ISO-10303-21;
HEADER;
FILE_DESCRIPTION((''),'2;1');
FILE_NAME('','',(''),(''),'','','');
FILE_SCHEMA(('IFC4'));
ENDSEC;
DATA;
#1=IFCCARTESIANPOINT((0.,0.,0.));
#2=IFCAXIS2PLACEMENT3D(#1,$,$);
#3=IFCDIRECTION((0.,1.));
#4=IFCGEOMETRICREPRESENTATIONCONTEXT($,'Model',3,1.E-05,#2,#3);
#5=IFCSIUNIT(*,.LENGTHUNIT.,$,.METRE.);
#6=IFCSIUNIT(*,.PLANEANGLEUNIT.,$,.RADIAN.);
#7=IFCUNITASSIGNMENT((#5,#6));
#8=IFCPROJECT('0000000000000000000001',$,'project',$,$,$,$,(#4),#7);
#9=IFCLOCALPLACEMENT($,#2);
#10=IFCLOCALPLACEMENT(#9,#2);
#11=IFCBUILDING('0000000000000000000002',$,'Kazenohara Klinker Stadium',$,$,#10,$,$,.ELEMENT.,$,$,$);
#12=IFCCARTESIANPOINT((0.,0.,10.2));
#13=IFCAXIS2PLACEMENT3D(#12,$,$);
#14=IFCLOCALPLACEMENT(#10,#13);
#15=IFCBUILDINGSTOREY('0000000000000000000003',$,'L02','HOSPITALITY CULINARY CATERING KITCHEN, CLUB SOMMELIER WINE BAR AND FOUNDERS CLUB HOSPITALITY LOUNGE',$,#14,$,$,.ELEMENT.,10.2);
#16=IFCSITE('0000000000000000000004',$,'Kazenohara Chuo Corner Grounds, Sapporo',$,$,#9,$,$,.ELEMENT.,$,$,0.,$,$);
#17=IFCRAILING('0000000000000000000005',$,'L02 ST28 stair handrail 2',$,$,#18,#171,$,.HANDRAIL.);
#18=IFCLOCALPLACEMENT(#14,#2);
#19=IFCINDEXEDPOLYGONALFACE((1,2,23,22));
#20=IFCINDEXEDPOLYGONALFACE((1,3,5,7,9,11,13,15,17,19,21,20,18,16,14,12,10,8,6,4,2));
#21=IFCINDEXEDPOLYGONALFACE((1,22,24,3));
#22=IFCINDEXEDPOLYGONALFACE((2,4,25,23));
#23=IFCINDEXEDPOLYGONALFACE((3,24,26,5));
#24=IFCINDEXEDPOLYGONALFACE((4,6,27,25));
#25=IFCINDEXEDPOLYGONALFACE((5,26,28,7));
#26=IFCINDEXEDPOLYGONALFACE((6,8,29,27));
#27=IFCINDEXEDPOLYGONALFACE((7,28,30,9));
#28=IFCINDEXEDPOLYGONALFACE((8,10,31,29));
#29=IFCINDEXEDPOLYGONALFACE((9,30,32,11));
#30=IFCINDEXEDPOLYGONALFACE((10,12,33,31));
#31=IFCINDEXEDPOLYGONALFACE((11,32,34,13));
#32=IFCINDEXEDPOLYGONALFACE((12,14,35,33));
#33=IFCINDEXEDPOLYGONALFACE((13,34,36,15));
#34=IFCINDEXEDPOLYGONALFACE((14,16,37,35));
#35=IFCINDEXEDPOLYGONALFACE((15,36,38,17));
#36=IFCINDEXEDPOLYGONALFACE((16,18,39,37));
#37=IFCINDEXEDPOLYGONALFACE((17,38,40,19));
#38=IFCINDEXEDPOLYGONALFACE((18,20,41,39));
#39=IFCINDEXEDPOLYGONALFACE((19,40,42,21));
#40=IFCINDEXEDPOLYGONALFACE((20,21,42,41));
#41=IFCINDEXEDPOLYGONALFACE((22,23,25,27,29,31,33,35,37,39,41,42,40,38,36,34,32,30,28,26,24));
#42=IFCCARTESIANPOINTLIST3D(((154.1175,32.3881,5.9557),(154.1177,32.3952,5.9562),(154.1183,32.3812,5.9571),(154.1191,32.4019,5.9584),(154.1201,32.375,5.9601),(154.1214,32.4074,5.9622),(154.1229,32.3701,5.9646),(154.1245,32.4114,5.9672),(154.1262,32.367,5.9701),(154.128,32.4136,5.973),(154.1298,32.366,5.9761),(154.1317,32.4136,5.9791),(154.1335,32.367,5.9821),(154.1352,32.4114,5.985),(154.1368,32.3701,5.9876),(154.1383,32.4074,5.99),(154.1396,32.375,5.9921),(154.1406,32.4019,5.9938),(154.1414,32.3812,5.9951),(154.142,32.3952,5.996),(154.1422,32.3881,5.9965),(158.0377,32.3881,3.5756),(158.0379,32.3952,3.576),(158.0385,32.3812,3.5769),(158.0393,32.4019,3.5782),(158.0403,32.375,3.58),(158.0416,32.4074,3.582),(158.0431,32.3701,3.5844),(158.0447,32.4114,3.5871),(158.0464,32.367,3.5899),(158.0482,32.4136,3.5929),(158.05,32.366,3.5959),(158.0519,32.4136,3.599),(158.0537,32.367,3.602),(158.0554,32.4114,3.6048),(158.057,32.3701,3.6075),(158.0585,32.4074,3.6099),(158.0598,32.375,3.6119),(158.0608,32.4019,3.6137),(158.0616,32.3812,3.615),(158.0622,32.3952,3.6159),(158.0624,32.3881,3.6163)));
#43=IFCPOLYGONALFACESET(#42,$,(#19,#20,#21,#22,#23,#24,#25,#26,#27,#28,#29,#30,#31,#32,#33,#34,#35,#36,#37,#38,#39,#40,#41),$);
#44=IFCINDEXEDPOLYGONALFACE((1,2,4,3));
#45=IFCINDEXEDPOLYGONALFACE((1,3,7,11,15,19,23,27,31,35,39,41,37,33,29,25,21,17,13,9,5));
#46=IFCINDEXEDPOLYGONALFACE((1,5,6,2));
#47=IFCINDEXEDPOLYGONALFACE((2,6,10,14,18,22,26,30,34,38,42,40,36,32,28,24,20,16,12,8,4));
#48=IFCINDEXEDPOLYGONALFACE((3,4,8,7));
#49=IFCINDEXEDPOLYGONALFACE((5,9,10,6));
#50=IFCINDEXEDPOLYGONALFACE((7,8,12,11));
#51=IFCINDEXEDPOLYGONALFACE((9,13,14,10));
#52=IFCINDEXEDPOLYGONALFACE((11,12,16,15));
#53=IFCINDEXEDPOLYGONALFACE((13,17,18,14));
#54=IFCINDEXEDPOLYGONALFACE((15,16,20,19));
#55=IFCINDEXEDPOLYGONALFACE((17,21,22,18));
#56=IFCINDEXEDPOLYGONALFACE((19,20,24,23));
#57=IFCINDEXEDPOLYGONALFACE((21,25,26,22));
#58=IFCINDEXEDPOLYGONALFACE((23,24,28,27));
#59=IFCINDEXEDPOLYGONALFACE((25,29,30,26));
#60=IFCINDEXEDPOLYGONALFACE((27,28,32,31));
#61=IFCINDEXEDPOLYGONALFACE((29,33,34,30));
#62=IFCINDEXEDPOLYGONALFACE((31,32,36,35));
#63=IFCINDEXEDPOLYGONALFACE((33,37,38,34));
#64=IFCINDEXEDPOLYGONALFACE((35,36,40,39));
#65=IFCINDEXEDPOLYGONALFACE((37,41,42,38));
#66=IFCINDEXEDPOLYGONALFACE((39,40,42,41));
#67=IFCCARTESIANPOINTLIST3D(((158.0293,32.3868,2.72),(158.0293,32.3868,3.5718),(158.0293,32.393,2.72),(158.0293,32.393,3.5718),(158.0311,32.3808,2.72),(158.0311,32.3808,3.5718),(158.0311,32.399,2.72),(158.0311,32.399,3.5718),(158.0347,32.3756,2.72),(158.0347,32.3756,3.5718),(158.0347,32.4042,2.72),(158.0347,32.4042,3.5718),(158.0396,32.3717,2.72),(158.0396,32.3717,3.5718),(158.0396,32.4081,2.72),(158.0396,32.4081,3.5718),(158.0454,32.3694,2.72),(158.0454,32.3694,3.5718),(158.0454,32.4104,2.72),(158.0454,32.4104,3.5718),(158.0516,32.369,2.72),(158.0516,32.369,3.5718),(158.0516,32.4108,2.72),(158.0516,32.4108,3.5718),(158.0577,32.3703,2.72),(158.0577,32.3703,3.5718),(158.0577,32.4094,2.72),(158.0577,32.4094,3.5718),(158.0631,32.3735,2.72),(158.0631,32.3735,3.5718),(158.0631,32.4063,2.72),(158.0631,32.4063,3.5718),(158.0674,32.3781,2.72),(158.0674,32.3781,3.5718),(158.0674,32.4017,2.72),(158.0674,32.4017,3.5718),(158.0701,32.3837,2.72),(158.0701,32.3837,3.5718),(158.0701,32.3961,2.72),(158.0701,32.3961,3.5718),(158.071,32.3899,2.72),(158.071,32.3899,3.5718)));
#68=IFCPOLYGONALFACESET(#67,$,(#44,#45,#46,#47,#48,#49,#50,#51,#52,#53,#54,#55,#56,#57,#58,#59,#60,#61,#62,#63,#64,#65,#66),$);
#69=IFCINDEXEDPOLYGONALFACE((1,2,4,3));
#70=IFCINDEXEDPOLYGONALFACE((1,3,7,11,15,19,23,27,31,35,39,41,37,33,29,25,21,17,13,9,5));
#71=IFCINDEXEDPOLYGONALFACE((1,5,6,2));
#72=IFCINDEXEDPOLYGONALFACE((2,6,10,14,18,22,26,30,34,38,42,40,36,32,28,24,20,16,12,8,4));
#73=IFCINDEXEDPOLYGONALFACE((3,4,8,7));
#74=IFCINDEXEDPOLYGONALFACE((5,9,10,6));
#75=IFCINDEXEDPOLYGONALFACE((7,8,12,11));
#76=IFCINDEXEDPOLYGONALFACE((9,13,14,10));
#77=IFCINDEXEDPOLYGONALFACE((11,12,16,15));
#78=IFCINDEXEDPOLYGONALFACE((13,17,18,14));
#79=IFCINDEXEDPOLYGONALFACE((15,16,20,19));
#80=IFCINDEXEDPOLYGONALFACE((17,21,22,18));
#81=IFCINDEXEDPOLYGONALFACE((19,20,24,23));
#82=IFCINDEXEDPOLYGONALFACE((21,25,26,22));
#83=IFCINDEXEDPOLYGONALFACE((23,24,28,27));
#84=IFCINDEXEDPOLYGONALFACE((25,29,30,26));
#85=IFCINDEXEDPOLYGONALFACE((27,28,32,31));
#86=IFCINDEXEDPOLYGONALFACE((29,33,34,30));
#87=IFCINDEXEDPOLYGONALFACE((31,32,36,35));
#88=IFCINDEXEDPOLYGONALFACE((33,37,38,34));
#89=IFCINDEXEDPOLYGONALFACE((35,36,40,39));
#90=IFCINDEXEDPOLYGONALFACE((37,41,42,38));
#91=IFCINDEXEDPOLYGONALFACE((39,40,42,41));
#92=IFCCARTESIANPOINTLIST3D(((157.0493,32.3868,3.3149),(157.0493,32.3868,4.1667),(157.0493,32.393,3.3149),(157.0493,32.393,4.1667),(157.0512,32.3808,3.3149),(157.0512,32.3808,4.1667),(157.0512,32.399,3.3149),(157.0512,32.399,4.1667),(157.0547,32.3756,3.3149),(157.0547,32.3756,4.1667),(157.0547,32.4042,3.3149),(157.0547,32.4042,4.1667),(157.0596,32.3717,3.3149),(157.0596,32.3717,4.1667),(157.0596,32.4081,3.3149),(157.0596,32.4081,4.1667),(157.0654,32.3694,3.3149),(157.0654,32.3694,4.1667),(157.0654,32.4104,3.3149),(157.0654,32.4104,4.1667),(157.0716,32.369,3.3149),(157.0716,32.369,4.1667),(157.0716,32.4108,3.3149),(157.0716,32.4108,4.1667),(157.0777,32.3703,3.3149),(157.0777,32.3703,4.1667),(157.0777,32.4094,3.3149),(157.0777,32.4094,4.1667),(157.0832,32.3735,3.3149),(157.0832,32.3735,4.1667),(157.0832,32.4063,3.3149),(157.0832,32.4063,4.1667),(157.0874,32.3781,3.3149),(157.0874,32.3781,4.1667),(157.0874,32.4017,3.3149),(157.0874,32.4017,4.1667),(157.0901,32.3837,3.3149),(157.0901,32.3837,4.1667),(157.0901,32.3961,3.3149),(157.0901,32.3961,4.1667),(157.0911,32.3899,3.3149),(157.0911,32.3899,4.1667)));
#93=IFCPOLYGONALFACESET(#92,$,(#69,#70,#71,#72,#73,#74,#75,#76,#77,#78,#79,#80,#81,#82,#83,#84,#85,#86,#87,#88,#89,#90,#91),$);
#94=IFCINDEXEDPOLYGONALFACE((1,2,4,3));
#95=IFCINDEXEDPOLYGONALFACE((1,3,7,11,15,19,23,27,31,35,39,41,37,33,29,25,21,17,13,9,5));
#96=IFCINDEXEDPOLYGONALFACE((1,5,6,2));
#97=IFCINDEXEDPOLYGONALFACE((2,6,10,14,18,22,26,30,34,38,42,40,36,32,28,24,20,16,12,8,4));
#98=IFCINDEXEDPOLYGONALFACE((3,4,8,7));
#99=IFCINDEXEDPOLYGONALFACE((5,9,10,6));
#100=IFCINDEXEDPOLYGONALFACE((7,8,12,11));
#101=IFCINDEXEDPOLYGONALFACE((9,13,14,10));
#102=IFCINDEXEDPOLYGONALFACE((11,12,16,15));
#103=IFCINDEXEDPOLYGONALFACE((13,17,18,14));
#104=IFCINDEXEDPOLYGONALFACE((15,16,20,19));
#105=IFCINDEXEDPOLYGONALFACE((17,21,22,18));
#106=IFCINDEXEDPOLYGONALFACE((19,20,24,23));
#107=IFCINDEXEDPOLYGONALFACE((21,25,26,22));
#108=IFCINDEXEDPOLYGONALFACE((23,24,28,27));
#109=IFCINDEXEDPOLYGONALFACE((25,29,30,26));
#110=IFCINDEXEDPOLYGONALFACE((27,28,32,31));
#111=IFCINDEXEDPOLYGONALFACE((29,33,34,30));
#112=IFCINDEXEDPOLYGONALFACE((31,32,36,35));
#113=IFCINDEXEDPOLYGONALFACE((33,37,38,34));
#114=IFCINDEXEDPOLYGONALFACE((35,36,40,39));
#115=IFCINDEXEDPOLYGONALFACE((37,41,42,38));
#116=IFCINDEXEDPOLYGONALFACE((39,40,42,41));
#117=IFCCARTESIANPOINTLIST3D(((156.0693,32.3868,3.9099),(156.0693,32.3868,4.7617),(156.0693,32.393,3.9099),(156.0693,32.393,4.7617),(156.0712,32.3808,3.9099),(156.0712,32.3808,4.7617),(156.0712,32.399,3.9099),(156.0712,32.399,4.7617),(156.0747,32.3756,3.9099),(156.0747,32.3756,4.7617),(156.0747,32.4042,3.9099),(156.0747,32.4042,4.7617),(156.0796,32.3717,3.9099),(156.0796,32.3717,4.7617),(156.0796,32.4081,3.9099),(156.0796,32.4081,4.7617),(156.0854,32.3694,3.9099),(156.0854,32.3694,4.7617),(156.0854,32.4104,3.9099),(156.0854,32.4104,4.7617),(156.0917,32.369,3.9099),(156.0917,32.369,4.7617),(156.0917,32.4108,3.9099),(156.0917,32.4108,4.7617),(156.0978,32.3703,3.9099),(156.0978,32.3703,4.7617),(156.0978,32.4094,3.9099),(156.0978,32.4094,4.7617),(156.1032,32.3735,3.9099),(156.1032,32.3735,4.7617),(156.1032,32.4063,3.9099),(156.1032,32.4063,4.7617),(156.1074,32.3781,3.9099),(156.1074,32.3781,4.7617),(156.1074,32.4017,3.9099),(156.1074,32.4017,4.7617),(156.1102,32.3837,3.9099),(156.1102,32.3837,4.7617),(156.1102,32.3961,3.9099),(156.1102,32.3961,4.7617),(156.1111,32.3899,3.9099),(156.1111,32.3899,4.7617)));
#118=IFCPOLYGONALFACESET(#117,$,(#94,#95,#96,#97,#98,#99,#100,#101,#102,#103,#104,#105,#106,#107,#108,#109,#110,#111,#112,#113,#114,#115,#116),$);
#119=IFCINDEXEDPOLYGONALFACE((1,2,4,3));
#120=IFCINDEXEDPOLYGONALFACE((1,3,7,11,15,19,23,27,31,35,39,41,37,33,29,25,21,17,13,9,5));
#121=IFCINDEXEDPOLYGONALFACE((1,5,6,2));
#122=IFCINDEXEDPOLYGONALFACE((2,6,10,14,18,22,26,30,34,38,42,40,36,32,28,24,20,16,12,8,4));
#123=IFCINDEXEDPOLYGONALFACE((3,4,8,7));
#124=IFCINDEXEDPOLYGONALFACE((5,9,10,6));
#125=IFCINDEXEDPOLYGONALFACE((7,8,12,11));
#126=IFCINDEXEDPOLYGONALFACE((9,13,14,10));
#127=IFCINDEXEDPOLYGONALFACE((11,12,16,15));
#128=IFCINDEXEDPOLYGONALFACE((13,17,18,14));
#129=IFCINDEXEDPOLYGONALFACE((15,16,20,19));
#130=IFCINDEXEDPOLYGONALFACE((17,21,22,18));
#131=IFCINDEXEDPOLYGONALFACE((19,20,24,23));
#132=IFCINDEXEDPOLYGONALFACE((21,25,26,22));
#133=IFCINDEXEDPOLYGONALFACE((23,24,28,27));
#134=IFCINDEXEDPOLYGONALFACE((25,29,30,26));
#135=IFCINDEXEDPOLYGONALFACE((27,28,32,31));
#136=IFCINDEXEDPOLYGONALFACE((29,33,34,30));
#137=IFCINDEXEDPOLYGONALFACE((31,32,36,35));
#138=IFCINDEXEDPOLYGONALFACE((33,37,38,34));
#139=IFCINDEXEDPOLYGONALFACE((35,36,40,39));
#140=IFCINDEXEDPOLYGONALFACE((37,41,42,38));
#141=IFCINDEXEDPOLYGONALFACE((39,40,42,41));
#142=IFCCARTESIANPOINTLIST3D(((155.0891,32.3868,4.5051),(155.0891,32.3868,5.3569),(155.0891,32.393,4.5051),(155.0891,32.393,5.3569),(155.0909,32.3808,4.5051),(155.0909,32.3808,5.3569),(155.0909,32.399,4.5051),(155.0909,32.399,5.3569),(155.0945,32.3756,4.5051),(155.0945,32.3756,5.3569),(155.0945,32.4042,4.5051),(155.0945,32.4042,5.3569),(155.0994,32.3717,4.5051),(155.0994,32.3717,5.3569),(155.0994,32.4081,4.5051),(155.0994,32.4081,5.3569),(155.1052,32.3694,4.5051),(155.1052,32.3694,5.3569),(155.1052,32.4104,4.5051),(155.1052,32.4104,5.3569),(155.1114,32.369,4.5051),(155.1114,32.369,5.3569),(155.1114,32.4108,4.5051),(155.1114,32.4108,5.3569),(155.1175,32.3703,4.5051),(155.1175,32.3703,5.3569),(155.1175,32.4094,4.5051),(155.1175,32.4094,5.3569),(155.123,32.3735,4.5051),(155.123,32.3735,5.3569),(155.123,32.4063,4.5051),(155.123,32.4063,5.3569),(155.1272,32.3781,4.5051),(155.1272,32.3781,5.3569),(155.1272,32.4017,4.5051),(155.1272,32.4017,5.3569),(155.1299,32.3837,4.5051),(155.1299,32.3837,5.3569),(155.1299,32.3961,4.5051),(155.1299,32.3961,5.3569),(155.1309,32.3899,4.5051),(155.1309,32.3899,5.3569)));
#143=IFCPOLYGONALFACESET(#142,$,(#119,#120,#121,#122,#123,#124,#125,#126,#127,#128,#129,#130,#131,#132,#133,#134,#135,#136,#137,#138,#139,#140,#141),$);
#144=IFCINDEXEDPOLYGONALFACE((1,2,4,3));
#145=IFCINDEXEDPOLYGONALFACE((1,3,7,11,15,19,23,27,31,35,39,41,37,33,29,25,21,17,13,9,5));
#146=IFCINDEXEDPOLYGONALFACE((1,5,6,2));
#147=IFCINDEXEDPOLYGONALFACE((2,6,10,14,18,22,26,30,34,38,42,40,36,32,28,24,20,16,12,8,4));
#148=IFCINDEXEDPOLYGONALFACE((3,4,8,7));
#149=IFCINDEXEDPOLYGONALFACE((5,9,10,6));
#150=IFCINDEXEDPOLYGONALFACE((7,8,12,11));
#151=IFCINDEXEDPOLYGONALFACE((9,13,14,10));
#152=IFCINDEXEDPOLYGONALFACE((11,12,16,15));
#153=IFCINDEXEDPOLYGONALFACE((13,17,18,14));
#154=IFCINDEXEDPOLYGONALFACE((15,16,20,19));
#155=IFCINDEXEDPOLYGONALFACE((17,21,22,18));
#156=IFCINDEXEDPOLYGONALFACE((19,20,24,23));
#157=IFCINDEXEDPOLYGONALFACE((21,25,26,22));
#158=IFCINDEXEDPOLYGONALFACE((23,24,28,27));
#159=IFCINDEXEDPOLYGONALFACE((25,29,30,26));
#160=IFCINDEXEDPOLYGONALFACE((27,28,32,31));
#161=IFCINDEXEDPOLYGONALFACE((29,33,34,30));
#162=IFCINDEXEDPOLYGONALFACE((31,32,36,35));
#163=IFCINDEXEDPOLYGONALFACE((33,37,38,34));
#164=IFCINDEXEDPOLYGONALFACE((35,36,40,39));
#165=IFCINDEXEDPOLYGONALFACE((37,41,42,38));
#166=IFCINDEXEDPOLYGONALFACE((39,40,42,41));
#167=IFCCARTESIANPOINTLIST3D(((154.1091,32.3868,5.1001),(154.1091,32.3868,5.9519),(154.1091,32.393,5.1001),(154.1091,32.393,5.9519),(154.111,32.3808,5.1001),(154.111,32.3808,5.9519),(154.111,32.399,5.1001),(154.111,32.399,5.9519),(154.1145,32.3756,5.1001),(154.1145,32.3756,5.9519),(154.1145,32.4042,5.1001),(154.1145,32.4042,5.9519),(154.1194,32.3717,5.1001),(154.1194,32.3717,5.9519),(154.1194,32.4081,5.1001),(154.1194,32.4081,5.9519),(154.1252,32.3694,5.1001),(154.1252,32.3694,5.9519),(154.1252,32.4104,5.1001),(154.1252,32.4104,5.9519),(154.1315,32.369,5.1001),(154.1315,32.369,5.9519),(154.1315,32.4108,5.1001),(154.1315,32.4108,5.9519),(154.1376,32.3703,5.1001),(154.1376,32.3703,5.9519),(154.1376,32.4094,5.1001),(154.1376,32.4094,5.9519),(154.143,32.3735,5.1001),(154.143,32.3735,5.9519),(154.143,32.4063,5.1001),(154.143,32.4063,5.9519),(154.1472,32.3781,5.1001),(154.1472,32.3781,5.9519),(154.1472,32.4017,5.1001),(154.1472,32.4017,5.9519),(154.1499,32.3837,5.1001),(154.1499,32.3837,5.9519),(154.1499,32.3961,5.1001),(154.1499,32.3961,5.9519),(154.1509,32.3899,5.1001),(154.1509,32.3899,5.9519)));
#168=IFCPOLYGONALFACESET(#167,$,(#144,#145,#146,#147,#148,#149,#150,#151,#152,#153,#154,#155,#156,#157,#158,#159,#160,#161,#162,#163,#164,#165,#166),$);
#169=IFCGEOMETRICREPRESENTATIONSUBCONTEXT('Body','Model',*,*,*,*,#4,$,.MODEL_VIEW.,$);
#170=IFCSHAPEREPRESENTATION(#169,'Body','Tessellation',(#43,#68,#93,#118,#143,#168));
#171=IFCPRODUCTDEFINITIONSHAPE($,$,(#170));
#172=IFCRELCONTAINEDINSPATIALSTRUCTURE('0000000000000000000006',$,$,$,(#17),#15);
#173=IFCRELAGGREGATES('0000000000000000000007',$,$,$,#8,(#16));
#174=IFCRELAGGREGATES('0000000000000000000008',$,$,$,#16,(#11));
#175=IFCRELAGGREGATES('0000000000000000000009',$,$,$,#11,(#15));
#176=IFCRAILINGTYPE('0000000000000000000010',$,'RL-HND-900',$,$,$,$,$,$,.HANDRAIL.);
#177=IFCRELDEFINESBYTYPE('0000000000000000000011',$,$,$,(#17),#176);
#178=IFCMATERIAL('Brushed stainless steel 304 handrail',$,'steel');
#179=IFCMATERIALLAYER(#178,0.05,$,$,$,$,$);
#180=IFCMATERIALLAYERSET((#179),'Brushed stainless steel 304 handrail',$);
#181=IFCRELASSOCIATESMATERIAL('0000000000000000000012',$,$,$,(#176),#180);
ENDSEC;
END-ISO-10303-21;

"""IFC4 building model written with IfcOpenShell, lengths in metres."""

from ifc_helpers import new_model, si_unit, direction, frame, origin, origin_2d, place, context, subcontext, project, spatial, circle, extrude, material, layer, layer_set, type_object, element, save


model = new_model("IFC4")

# Units and contexts
model_context = context("Model", 3, precision=1e-05, world=origin(), true_north=direction((0.0, 1.0)))
body_context = subcontext(model_context, "Body", "Model", "MODEL_VIEW")
ifc_project = project(units=[si_unit("LENGTHUNIT", "METRE"), si_unit("PLANEANGLEUNIT", "RADIAN")], contexts=[model_context])

# Site, building, storey
site_placement = place(None, origin())
site = spatial("IfcSite", under=ifc_project, at=site_placement, Name="Kazenohara Chuo Corner Grounds, Sapporo", CompositionType="ELEMENT", RefElevation=0.0)
building_placement = place(site_placement, origin())
building = spatial("IfcBuilding", under=site, at=building_placement, Name="Kazenohara Klinker Stadium", CompositionType="ELEMENT")
storey_placement = place(building_placement, frame((0.0, 0.0, 10.2)))
storey = spatial("IfcBuildingStorey", under=building, at=storey_placement, Name="L02", Description="HOSPITALITY CULINARY CATERING KITCHEN, CLUB SOMMELIER WINE BAR AND FOUNDERS CLUB HOSPITALITY LOUNGE", CompositionType="ELEMENT", Elevation=10.2)

# Railing
ifc_material_1 = material(Name="Brushed stainless steel 304 handrail", Category="steel")
ifc_layer_1 = layer(ifc_material_1, 0.05)
ifc_layer_set_1 = layer_set([ifc_layer_1], Name="Brushed stainless steel 304 handrail")
railing_type_1 = type_object("IfcRailingType", Name="RL-HND-900", PredefinedType="HANDRAIL", material=ifc_layer_set_1)
railing_1_placement = place(storey_placement, frame((158.05, 32.3899, 2.72)))
element("IfcRailing", 1, at=railing_1_placement, inside=storey, type_object=railing_type_1, Name="L02 ST28 stair handrail 2", PredefinedType="HANDRAIL", context=body_context, shape_type="SweptSolid", body=[
    extrude(circle(Radius=0.0239, at=origin_2d()), frame((0.0, 0.0, 0.876), z_axis=(-0.854785, 0.0, 0.518982), x_axis=(0.0, -1.0, 0.0)), (0.0, 0.0, 1.0), 4.5862),
    extrude(circle(Radius=0.021, at=origin_2d()), origin(), (0.0, 0.0, 1.0), 0.8518),
    extrude(circle(Radius=0.021, at=origin_2d()), frame((-0.98, 0.0, 0.595)), (0.0, 0.0, 1.0), 0.8518),
    extrude(circle(Radius=0.021, at=origin_2d()), frame((-1.96, 0.0, 1.1899)), (0.0, 0.0, 1.0), 0.8518),
    extrude(circle(Radius=0.021, at=origin_2d()), frame((-2.9402, 0.0, 1.7852)), (0.0, 0.0, 1.0), 0.8518),
    extrude(circle(Radius=0.021, at=origin_2d()), frame((-3.9202, 0.0, 2.3801)), (0.0, 0.0, 1.0), 0.8518),
])

save(model, "model.ifc")
